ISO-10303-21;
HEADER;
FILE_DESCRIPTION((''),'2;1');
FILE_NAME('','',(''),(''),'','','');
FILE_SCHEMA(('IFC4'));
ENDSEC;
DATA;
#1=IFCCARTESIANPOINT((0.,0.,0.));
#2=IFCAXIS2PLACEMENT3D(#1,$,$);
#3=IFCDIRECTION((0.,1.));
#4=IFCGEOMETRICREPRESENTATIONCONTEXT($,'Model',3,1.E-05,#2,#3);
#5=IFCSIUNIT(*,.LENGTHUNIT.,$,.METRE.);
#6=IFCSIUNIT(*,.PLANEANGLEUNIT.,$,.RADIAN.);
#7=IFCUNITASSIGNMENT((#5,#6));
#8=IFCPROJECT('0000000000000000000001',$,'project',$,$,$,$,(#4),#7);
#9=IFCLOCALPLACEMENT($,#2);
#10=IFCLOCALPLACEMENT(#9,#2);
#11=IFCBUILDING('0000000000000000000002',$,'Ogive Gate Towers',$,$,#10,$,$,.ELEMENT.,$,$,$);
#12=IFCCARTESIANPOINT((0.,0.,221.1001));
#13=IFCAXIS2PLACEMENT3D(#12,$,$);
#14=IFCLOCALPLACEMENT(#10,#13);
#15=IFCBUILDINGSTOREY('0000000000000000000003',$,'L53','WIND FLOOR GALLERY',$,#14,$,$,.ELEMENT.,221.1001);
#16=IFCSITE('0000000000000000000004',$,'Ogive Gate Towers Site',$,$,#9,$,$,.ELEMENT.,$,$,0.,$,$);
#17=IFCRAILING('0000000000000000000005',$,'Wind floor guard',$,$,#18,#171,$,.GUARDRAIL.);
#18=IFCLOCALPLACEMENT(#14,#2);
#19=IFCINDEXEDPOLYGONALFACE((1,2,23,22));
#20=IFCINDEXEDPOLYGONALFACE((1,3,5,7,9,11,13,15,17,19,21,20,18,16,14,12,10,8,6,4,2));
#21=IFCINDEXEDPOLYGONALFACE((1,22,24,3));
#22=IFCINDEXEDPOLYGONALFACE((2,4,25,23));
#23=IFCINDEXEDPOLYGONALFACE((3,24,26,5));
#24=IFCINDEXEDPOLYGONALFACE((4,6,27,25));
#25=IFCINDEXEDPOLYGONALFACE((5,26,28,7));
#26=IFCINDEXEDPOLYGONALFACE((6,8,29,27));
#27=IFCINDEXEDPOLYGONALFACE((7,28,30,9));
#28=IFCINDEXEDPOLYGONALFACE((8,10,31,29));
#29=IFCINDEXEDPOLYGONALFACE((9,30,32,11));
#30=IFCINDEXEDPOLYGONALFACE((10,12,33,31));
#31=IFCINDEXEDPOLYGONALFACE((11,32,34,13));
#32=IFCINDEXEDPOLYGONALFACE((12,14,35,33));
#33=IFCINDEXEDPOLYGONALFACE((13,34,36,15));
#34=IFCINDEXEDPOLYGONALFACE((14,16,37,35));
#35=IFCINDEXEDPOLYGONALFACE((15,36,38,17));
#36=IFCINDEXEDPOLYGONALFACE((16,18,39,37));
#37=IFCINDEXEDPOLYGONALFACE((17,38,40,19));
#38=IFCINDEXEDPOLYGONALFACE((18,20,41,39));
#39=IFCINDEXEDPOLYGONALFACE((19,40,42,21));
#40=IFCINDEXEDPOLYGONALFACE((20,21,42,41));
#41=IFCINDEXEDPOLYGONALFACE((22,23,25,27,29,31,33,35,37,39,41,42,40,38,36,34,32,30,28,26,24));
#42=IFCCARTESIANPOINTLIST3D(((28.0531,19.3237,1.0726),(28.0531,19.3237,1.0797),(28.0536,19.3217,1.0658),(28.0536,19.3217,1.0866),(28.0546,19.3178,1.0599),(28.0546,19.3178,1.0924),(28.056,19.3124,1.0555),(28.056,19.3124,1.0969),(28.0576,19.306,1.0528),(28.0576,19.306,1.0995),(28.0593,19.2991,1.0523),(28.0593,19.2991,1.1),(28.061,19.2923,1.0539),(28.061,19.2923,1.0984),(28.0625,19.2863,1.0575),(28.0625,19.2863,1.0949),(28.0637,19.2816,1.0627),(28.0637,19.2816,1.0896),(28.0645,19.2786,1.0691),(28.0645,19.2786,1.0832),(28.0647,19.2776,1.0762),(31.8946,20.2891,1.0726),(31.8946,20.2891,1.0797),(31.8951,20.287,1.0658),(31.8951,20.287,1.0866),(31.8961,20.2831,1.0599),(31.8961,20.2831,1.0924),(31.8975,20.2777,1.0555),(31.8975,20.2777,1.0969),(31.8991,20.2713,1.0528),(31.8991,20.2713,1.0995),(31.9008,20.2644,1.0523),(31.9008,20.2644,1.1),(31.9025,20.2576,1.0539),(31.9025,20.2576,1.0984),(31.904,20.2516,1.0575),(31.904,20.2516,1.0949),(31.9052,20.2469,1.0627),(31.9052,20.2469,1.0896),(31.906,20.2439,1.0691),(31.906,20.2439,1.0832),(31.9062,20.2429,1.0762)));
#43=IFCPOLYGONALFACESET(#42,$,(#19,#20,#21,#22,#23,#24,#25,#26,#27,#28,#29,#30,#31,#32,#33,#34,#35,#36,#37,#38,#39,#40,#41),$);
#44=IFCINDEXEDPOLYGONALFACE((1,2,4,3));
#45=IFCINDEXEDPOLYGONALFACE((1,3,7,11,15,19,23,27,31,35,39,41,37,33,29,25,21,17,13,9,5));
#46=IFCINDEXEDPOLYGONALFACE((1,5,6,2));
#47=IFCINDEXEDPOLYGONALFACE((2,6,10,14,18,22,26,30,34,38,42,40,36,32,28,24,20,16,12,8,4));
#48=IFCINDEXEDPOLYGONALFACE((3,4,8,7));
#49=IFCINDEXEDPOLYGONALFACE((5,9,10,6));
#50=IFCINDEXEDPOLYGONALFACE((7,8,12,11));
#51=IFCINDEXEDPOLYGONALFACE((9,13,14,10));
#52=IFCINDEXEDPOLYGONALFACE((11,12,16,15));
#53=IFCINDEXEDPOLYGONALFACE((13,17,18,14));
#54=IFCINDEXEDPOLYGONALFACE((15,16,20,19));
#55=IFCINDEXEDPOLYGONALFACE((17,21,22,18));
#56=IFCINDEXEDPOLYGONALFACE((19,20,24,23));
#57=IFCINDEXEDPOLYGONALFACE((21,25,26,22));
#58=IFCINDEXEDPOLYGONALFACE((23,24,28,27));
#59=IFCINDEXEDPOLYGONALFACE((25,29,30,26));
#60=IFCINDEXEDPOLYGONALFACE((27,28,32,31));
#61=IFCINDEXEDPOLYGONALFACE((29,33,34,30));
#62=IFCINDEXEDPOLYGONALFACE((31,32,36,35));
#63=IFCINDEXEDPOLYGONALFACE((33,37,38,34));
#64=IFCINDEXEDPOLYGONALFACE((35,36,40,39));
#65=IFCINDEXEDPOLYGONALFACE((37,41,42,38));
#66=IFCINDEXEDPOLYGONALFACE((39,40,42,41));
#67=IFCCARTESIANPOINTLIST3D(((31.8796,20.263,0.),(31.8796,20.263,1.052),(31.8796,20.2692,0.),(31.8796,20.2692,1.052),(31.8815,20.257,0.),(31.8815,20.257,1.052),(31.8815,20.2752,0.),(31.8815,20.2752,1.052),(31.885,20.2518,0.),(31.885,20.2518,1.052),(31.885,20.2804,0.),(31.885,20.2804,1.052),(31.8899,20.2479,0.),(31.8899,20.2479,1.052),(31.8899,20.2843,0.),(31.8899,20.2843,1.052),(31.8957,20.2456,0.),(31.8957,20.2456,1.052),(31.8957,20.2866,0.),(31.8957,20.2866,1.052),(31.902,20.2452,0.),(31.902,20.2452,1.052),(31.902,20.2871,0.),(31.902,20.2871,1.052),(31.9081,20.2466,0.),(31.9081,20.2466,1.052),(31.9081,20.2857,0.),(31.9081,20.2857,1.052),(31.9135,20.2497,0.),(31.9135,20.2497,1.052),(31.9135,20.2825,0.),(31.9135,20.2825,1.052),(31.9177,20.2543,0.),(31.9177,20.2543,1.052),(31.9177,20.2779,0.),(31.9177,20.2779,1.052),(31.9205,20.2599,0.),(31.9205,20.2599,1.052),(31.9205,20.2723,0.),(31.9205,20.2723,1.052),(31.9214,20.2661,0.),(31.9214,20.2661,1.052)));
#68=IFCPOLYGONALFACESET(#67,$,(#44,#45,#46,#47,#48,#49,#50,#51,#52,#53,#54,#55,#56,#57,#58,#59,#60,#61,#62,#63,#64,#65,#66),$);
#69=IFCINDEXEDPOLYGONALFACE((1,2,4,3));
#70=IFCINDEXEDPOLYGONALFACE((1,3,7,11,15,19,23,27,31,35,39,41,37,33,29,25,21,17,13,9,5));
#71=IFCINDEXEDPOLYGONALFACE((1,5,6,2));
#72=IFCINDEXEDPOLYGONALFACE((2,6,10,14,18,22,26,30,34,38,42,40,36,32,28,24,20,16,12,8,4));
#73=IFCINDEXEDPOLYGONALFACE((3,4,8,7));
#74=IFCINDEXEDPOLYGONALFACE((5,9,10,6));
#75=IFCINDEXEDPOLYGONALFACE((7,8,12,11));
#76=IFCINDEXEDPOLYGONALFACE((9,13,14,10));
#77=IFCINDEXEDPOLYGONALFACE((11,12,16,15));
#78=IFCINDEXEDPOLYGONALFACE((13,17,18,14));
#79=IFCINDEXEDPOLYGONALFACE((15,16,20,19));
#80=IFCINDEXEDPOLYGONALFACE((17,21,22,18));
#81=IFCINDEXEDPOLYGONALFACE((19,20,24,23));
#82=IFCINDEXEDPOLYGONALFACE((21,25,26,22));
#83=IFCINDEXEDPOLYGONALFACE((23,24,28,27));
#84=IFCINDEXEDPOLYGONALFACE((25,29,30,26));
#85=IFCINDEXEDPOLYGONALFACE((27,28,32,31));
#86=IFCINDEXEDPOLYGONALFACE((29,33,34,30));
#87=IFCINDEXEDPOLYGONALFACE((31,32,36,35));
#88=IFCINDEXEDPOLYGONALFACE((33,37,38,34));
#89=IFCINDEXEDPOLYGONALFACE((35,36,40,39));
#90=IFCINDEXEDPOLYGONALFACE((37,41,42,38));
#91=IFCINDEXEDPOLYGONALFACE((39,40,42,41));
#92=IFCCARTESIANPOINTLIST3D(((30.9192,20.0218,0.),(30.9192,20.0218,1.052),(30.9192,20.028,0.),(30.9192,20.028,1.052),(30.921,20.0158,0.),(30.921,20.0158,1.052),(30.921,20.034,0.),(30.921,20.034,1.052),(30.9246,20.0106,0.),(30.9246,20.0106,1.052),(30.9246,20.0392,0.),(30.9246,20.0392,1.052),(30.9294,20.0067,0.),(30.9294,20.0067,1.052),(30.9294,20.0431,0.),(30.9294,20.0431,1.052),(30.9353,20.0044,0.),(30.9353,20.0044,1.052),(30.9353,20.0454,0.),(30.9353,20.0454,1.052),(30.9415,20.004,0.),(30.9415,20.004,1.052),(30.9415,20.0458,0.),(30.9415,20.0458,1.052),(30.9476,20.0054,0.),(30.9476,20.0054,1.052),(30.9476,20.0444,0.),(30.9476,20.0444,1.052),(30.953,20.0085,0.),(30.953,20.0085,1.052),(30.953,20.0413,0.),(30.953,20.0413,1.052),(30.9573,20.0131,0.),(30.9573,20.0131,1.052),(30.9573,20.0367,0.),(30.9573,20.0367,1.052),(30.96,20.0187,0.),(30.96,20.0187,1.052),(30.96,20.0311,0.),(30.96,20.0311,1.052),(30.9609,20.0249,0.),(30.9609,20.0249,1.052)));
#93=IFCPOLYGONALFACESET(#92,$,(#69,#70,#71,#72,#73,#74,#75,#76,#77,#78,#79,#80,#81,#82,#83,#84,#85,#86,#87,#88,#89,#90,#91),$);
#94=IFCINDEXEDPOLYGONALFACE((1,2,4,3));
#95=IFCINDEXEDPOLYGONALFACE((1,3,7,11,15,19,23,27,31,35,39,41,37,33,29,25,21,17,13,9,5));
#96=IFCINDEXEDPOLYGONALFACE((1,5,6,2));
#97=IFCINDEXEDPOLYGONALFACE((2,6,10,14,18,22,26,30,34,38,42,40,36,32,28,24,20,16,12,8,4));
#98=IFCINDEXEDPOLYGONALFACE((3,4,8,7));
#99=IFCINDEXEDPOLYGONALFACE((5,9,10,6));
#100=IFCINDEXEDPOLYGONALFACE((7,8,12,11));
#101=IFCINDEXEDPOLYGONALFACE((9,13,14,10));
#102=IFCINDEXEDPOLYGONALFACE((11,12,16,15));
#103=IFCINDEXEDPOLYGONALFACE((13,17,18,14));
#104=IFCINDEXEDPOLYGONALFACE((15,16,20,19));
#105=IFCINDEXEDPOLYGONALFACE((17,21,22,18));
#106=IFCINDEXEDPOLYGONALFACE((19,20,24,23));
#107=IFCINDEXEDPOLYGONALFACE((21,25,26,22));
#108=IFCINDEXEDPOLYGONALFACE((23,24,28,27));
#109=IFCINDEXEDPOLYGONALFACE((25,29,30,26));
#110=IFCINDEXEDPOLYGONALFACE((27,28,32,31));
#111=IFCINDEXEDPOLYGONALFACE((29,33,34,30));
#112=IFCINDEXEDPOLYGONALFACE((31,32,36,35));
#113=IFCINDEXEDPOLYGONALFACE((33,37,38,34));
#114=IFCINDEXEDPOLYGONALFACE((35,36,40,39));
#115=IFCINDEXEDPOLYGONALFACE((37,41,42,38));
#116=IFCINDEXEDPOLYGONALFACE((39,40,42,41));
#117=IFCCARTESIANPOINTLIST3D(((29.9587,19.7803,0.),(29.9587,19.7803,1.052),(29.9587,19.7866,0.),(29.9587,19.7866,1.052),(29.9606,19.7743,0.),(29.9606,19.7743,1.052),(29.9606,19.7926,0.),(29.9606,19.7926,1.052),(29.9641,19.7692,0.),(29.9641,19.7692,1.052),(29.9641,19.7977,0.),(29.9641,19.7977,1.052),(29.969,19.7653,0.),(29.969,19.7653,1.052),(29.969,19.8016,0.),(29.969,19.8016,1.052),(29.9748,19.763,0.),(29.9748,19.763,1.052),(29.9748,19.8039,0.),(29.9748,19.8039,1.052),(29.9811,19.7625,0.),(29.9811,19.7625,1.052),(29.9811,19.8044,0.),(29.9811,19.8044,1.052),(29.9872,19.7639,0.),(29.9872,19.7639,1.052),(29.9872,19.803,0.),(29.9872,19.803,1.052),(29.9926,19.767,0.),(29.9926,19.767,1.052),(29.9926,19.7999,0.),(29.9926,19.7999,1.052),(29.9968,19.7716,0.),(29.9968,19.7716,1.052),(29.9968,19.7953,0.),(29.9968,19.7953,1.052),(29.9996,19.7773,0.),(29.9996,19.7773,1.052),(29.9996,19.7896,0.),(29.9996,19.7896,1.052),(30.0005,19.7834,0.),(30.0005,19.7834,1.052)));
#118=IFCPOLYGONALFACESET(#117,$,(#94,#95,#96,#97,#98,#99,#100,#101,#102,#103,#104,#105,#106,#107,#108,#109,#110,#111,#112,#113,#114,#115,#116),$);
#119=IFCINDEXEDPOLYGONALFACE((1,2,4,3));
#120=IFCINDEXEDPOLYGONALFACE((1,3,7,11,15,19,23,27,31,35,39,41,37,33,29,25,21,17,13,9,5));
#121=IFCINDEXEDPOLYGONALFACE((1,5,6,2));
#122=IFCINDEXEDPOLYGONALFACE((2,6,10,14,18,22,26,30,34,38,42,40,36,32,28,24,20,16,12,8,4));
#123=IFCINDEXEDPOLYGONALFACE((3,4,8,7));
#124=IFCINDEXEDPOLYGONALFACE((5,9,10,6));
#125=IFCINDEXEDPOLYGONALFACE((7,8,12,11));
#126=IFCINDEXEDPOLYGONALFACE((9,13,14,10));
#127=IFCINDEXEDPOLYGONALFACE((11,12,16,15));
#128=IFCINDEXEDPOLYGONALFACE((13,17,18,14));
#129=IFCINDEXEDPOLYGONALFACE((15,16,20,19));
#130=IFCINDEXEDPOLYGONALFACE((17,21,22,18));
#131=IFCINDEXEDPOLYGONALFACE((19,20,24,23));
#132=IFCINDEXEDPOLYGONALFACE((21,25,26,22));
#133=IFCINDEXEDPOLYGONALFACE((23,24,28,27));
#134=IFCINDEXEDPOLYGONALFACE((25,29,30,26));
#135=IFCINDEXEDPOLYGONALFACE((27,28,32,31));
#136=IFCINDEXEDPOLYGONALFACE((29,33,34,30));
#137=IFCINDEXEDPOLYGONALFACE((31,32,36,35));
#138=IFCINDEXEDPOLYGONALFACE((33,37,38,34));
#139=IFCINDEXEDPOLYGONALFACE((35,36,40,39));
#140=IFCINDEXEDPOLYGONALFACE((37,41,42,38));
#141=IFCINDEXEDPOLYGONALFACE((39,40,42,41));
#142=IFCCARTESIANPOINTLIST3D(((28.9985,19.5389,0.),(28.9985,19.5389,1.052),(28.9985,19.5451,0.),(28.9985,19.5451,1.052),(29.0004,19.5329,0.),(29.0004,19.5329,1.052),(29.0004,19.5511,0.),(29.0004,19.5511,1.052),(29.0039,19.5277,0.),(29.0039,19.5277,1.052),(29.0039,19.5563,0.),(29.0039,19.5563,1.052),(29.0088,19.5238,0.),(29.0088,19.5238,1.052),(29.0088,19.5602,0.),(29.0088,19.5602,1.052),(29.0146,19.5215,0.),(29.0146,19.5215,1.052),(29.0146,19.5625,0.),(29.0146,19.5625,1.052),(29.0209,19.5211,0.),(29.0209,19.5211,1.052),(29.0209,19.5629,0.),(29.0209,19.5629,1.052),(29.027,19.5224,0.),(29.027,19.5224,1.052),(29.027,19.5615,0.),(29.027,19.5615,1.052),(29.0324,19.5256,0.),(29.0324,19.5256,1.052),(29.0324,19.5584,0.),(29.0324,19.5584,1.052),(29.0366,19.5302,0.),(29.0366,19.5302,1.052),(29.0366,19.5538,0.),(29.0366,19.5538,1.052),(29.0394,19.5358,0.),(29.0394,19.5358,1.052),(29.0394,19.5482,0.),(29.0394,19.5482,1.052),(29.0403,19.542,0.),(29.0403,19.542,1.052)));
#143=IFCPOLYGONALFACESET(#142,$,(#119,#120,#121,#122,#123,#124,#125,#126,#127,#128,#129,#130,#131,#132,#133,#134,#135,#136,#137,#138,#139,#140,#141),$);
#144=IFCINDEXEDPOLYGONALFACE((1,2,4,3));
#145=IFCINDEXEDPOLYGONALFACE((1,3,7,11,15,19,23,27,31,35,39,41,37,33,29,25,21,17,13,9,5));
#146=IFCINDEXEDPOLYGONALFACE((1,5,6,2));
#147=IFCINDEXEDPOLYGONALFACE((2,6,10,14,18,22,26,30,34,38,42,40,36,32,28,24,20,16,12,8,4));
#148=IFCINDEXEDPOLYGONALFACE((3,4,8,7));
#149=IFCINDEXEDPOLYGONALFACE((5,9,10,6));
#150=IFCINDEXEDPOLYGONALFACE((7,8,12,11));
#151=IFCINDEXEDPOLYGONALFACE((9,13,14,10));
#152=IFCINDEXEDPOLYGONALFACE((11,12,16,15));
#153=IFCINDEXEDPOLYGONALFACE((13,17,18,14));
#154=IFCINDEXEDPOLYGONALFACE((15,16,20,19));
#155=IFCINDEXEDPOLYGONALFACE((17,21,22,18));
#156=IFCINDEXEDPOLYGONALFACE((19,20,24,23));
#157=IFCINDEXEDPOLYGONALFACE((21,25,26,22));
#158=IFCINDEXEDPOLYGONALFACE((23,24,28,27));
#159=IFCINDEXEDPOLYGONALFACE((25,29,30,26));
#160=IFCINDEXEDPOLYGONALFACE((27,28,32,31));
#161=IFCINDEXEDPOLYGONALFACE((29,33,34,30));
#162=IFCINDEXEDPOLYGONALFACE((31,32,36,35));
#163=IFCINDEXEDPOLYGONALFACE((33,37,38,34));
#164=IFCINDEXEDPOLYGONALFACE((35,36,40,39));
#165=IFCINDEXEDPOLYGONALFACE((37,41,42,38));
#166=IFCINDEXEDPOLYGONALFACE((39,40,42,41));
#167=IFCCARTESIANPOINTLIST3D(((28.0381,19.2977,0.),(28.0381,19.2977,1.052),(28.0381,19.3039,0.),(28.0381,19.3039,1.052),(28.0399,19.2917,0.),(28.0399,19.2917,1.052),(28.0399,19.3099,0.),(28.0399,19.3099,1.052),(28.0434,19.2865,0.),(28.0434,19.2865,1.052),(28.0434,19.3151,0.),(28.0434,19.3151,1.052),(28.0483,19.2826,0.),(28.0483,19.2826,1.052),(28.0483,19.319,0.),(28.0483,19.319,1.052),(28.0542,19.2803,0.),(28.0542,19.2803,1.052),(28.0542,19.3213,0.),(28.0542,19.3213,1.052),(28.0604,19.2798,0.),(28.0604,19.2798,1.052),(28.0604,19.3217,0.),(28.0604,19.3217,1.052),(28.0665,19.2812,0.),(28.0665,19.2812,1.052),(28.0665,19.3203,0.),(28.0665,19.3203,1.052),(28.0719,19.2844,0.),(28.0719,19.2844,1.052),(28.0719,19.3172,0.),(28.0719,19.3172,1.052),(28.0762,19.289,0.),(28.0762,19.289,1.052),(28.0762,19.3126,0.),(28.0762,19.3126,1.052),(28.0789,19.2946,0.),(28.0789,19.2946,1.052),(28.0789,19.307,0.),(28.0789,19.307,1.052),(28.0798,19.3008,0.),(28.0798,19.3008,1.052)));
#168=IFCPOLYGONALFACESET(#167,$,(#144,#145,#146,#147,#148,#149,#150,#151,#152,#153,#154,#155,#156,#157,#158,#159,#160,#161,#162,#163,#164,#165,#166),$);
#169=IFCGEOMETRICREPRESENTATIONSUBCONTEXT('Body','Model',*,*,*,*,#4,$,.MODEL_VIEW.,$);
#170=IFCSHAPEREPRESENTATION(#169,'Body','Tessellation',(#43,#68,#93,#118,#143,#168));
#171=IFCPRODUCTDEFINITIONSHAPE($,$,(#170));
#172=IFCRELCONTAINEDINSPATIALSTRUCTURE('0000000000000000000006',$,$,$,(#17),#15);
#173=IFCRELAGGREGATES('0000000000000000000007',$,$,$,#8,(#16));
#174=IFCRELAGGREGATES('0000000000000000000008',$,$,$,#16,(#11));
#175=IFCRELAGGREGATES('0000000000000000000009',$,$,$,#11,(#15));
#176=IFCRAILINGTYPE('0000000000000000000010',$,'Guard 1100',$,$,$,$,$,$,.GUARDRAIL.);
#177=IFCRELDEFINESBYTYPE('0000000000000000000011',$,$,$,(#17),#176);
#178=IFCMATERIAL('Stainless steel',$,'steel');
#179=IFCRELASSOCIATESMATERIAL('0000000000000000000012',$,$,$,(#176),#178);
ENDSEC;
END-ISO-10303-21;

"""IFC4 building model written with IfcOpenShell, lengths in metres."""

from ifc_helpers import new_model, si_unit, direction, frame, origin, origin_2d, place, context, subcontext, project, spatial, circle, extrude, material, type_object, element, save


model = new_model("IFC4")

# Units and contexts
model_context = context("Model", 3, precision=1e-05, world=origin(), true_north=direction((0.0, 1.0)))
body_context = subcontext(model_context, "Body", "Model", "MODEL_VIEW")
ifc_project = project(units=[si_unit("LENGTHUNIT", "METRE"), si_unit("PLANEANGLEUNIT", "RADIAN")], contexts=[model_context])

# Site, building, storey
site_placement = place(None, origin())
site = spatial("IfcSite", under=ifc_project, at=site_placement, Name="Ogive Gate Towers Site", CompositionType="ELEMENT", RefElevation=0.0)
building_placement = place(site_placement, origin())
building = spatial("IfcBuilding", under=site, at=building_placement, Name="Ogive Gate Towers", CompositionType="ELEMENT")
storey_placement = place(building_placement, frame((0.0, 0.0, 221.1001)))
storey = spatial("IfcBuildingStorey", under=building, at=storey_placement, Name="L53", Description="WIND FLOOR GALLERY", CompositionType="ELEMENT", Elevation=221.1001)

# Railing
ifc_material_1 = material(Name="Stainless steel", Category="steel")
railing_type_1 = type_object("IfcRailingType", Name="Guard 1100", PredefinedType="GUARDRAIL", material=ifc_material_1)
railing_1_placement = place(storey_placement, frame((31.9004, 20.2661, 0.0)))
element("IfcRailing", 1, at=railing_1_placement, inside=storey, type_object=railing_type_1, Name="Wind floor guard", PredefinedType="GUARDRAIL", context=body_context, shape_type="SweptSolid", body=[
    extrude(circle(Radius=0.0239, at=origin_2d()), frame((0.0, 0.0, 1.0762), z_axis=(-0.969848, -0.24371, 0.0), x_axis=(0.24371, -0.969848, 0.0)), (0.0, 0.0, 1.0), 3.9609),
    extrude(circle(Radius=0.021, at=origin_2d()), origin(), (0.0, 0.0, 1.0), 1.052),
    extrude(circle(Radius=0.021, at=origin_2d()), frame((-0.9604, -0.2412, 0.0)), (0.0, 0.0, 1.0), 1.052),
    extrude(circle(Radius=0.021, at=origin_2d()), frame((-1.9209, -0.4827, 0.0)), (0.0, 0.0, 1.0), 1.052),
    extrude(circle(Radius=0.021, at=origin_2d()), frame((-2.8811, -0.7241, 0.0)), (0.0, 0.0, 1.0), 1.052),
    extrude(circle(Radius=0.021, at=origin_2d()), frame((-3.8416, -0.9653, 0.0)), (0.0, 0.0, 1.0), 1.052),
])

save(model, "model.ifc")
